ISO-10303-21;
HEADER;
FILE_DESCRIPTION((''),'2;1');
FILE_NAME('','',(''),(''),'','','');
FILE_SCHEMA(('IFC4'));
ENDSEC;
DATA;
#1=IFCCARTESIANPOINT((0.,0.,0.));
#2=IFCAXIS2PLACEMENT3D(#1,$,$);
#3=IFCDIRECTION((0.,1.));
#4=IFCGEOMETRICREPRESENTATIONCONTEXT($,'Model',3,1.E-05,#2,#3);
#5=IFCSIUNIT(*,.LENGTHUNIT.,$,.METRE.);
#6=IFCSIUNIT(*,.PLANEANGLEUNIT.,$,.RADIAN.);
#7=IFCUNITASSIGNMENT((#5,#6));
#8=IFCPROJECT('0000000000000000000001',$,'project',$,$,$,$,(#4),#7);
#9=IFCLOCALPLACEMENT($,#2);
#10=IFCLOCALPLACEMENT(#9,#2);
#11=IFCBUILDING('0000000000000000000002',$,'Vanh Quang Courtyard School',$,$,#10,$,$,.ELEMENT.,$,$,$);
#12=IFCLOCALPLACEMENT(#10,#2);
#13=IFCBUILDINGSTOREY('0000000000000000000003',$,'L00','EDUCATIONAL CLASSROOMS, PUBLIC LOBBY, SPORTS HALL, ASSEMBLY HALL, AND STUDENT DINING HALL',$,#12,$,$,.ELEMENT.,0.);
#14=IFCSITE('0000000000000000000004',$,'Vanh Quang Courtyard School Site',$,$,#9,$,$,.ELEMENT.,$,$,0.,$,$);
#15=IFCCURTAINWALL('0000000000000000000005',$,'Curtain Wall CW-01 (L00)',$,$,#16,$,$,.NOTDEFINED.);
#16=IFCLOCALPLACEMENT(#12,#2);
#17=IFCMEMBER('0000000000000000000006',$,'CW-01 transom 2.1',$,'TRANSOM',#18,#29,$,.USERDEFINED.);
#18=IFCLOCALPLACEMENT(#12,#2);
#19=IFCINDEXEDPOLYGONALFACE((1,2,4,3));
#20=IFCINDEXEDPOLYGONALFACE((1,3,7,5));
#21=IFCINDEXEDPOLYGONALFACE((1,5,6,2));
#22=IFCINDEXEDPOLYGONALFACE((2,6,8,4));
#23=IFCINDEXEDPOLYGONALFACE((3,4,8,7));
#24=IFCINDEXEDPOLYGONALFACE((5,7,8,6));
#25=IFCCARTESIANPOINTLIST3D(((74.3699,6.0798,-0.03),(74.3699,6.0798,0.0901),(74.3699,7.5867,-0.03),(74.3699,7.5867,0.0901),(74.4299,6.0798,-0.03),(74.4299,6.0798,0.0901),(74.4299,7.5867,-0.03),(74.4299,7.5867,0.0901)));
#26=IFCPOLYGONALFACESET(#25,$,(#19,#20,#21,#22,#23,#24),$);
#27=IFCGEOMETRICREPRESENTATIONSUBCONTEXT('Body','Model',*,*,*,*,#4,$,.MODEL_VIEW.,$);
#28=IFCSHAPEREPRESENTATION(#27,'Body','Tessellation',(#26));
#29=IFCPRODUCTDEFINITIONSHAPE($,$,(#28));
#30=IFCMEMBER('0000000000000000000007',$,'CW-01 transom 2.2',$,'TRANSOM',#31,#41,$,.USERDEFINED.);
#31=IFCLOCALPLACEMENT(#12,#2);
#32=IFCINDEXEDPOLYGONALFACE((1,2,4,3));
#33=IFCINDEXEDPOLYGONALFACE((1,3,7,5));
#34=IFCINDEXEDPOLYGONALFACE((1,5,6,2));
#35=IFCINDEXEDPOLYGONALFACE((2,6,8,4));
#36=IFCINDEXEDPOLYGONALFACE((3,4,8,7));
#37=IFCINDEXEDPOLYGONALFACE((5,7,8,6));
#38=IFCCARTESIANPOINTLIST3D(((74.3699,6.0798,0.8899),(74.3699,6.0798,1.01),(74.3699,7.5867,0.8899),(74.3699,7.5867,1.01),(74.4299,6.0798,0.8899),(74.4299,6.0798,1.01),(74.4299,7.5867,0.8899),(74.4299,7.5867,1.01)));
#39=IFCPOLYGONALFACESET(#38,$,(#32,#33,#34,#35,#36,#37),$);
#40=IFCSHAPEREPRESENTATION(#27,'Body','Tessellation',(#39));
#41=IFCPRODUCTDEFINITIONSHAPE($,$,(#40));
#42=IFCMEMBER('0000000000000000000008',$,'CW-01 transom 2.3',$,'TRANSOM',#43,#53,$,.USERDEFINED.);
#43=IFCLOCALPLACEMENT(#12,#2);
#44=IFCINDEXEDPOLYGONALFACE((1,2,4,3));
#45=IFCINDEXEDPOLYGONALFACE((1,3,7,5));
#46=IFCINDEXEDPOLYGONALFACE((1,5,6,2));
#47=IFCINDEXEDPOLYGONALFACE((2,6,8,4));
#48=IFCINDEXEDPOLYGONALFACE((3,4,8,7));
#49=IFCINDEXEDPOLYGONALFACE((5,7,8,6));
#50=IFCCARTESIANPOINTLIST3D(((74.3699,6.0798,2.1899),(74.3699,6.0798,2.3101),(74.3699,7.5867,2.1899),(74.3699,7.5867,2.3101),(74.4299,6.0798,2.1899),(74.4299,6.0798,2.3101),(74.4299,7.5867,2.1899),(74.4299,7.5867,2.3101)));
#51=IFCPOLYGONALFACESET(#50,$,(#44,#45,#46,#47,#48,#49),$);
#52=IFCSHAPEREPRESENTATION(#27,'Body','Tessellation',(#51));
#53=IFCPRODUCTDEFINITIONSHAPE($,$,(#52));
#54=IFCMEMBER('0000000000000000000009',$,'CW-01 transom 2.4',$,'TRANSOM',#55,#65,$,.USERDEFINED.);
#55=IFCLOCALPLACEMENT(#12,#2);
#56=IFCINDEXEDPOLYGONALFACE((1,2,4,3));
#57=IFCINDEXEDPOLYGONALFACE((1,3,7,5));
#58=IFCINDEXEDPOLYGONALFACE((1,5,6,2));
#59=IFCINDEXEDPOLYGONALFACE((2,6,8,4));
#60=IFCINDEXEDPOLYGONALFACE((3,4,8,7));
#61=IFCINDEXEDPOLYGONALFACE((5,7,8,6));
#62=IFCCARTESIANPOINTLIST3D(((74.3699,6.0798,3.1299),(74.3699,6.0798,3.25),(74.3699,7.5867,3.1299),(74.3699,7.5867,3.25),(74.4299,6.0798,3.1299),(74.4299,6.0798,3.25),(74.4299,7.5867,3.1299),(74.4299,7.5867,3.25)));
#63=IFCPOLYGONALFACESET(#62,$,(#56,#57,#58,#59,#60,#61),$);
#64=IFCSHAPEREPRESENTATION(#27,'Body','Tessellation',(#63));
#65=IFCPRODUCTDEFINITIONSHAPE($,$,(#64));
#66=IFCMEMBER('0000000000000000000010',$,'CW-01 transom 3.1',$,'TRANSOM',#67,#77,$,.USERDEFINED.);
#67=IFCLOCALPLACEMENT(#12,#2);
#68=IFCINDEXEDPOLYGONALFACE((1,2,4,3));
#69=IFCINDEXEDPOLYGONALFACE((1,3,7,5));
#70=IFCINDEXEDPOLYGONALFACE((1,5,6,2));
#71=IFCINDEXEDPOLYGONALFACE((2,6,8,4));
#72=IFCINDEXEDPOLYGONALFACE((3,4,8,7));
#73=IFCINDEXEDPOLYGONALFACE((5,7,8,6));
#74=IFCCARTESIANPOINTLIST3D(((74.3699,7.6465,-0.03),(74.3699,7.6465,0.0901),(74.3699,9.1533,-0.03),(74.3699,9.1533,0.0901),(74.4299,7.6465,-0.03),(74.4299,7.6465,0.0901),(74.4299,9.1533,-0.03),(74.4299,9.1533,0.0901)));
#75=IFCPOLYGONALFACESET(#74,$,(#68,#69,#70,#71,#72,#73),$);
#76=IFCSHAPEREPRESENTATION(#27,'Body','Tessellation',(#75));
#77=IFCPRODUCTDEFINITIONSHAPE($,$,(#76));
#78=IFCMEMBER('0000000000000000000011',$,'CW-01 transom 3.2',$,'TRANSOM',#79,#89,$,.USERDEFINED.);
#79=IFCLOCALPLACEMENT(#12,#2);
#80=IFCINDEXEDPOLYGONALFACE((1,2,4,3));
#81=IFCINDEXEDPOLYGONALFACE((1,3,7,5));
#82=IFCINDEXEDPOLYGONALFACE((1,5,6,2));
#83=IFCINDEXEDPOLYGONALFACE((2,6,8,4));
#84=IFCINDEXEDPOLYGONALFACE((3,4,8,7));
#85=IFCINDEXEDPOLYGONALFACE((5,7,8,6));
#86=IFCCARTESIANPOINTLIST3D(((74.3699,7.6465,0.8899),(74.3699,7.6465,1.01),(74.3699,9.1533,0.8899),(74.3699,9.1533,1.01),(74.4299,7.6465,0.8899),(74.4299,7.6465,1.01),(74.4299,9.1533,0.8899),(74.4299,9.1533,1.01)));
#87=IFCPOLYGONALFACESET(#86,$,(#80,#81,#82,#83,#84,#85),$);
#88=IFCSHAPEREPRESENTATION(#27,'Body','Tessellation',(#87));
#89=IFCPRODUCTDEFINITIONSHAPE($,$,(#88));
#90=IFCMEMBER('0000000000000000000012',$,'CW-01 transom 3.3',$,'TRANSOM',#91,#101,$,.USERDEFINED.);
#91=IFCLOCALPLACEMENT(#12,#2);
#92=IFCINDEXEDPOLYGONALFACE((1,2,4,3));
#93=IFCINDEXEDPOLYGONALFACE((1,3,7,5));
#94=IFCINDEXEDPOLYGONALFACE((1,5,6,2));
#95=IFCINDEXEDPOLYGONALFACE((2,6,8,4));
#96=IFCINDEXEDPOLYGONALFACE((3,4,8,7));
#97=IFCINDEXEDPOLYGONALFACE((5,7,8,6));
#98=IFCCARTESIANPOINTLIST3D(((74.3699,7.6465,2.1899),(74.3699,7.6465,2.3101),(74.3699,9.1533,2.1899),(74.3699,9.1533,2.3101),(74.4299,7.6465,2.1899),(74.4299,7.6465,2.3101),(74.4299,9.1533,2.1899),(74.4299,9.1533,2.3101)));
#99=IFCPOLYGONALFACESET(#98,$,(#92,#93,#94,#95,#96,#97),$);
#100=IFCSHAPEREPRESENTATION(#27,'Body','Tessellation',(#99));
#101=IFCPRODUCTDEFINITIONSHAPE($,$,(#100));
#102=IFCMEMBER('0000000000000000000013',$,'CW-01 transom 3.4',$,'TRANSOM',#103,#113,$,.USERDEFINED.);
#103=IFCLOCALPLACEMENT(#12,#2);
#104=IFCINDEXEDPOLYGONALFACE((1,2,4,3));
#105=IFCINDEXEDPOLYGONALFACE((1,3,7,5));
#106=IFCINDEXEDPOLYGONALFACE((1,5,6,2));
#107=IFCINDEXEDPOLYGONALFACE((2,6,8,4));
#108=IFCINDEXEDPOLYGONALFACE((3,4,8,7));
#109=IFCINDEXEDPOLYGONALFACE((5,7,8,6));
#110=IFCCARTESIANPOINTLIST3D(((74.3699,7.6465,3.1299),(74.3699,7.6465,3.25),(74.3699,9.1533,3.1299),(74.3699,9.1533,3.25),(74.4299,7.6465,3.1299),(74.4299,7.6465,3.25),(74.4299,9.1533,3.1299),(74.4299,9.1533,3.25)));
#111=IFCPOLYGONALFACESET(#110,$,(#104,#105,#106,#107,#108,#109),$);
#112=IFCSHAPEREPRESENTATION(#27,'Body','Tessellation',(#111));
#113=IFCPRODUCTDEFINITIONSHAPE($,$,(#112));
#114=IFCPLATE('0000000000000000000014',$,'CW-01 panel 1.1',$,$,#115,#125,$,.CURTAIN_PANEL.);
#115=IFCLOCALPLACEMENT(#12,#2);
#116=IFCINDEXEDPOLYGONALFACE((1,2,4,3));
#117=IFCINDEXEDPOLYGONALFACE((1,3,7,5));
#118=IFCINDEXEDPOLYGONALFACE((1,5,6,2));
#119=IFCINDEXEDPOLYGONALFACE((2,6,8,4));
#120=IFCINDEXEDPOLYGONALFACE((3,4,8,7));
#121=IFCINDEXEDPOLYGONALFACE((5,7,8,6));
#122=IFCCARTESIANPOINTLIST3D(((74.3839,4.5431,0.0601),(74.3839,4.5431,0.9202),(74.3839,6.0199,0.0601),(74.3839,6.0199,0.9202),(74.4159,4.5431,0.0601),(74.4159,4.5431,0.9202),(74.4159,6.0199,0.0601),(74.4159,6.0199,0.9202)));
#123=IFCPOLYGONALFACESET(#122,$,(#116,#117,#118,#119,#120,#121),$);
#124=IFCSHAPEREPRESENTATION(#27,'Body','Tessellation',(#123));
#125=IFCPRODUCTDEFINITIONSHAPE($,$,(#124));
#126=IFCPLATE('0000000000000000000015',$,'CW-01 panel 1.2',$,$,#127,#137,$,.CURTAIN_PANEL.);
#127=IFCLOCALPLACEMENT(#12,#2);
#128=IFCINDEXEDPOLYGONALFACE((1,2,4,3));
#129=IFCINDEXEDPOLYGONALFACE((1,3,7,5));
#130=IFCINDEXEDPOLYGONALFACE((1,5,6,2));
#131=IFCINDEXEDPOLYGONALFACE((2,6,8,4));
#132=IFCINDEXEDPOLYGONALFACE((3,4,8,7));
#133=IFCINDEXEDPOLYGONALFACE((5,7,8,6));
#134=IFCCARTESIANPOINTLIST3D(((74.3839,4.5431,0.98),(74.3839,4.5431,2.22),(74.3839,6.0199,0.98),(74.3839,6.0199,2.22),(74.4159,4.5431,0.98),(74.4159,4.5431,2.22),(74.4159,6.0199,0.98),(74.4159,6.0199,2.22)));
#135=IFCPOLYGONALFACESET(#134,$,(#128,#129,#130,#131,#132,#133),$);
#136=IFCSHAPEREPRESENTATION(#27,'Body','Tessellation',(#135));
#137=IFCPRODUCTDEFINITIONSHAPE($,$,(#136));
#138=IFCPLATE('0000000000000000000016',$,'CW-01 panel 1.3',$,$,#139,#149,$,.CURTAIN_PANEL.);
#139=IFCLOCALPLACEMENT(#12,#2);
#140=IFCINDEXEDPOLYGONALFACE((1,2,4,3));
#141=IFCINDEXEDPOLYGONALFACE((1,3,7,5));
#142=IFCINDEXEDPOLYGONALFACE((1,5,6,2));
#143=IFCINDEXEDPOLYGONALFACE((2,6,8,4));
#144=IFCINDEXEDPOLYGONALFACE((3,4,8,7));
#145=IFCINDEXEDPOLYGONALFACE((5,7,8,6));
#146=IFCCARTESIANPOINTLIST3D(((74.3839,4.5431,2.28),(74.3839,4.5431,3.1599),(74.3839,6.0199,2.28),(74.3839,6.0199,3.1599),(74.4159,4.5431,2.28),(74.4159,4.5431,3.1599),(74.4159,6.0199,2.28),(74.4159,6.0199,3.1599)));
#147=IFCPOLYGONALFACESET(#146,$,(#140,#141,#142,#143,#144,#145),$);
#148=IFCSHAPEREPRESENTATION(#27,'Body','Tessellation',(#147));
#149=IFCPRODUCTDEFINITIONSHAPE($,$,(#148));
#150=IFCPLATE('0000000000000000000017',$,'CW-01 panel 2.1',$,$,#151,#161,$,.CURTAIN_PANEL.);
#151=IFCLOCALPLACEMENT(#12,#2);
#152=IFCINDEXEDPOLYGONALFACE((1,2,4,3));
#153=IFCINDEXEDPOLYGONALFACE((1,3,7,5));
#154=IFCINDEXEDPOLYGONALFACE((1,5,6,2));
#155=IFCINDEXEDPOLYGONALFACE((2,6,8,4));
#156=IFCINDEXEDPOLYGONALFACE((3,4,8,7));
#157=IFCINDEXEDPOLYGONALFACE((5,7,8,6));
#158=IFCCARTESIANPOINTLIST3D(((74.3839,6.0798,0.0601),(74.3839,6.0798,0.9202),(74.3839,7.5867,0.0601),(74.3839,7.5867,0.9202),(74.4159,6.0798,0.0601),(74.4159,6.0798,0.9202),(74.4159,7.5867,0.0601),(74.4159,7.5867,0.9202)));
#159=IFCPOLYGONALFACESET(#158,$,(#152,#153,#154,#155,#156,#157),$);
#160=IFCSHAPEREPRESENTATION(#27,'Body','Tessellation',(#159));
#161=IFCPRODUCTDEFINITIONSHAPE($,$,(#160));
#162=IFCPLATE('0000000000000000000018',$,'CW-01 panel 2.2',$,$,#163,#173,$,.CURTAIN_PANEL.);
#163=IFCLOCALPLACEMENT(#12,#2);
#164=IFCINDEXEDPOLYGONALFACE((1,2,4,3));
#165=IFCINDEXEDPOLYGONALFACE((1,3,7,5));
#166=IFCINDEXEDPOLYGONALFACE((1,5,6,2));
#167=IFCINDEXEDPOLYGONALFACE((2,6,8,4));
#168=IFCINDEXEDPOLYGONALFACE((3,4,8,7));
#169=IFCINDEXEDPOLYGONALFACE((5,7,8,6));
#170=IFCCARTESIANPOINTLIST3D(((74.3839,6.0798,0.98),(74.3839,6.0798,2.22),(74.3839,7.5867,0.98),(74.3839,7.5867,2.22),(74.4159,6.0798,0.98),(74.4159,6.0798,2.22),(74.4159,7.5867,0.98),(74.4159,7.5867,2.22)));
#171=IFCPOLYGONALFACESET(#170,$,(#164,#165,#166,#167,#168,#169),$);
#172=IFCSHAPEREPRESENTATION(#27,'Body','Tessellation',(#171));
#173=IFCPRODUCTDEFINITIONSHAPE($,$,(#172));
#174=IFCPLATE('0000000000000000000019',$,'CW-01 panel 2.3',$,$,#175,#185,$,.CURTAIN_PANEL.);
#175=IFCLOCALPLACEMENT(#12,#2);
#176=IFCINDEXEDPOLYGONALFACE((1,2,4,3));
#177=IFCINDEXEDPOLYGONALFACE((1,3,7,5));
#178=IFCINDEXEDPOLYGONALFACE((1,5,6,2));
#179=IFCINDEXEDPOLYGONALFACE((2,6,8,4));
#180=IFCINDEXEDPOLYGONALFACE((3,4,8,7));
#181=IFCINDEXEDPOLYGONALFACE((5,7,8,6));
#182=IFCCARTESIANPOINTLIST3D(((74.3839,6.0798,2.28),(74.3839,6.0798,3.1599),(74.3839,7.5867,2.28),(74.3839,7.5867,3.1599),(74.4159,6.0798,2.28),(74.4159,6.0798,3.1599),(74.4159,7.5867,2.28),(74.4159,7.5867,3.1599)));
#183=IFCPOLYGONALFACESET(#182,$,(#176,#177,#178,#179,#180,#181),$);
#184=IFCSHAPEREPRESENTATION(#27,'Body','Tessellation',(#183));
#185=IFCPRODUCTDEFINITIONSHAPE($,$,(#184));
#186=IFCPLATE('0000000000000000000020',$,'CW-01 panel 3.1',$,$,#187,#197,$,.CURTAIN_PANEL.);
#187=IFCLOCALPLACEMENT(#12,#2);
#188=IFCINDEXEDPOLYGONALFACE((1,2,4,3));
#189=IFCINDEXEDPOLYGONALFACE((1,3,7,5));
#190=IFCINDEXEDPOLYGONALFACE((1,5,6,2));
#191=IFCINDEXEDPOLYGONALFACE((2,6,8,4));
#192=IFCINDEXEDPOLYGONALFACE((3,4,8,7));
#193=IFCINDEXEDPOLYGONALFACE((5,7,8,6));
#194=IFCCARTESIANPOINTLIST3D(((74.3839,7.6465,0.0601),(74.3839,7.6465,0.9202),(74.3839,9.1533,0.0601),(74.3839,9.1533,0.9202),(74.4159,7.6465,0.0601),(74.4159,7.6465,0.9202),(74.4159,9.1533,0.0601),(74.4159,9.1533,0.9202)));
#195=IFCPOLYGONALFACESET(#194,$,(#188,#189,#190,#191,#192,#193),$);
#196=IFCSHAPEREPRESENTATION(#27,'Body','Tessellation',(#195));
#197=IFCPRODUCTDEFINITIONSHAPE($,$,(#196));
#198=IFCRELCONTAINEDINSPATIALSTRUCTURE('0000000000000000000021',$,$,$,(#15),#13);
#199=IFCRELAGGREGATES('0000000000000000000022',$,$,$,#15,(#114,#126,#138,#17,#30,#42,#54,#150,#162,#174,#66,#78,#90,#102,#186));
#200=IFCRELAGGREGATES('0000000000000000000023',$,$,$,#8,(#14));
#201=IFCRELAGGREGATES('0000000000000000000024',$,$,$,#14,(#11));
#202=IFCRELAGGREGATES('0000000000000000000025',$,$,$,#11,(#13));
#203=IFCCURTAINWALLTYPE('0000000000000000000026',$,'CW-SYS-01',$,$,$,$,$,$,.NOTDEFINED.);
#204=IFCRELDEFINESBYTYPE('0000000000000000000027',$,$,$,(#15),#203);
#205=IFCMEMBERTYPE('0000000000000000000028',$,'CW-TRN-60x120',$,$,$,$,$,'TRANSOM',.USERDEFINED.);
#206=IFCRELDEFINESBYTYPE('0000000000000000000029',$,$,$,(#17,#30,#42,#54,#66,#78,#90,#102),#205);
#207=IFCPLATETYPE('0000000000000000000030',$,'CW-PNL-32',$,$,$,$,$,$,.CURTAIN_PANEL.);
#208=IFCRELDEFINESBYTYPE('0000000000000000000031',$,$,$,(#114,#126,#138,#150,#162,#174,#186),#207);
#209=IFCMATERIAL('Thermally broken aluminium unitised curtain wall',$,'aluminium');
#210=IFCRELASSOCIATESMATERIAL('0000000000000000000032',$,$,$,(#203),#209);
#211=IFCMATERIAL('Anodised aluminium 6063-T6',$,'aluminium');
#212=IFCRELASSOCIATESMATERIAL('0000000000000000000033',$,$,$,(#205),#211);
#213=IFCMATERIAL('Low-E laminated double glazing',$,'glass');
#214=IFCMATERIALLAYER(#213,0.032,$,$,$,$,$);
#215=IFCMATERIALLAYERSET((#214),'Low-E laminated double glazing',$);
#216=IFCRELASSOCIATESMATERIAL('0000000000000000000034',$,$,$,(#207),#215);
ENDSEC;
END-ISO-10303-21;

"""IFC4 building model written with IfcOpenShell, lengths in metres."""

from ifc_helpers import new_model, si_unit, direction, frame, origin, origin_2d, place, context, subcontext, project, spatial, rectangle, extrude, material, layer, layer_set, material_profile, profile_set, type_object, element, aggregate, save


model = new_model("IFC4")

# Units and contexts
model_context = context("Model", 3, precision=1e-05, world=origin(), true_north=direction((0.0, 1.0)))
body_context = subcontext(model_context, "Body", "Model", "MODEL_VIEW")
ifc_project = project(units=[si_unit("LENGTHUNIT", "METRE"), si_unit("PLANEANGLEUNIT", "RADIAN")], contexts=[model_context])

# Site, building, storey
site_placement = place(None, origin())
site = spatial("IfcSite", under=ifc_project, at=site_placement, Name="Vanh Quang Courtyard School Site", CompositionType="ELEMENT", RefElevation=0.0)
building_placement = place(site_placement, origin())
building = spatial("IfcBuilding", under=site, at=building_placement, Name="Vanh Quang Courtyard School", CompositionType="ELEMENT")
storey_placement = place(building_placement, origin())
storey = spatial("IfcBuildingStorey", under=building, at=storey_placement, Name="L00", Description="EDUCATIONAL CLASSROOMS, PUBLIC LOBBY, SPORTS HALL, ASSEMBLY HALL, AND STUDENT DINING HALL", CompositionType="ELEMENT", Elevation=0.0)

# Curtain wall, members, plates
ifc_material_1 = material(Name="Thermally broken aluminium unitised curtain wall", Category="aluminium")
curtain_wall_type = type_object("IfcCurtainWallType", Name="CW-SYS-01", PredefinedType="NOTDEFINED", material=ifc_material_1)
curtain_wall_placement = place(storey_placement, origin())
curtain_wall = element("IfcCurtainWall", 1, at=curtain_wall_placement, inside=storey, type_object=curtain_wall_type, Name="Curtain Wall CW-01 (L00)", PredefinedType="NOTDEFINED")
ifc_material_2 = material(Name="Anodised aluminium 6063-T6", Category="aluminium")
ifc_material_profile_1 = material_profile(ifc_material_2, rectangle(XDim=0.0601, YDim=0.1201, at=origin_2d()), Name="ALU-TRN 60x120")
ifc_profile_set_1 = profile_set([ifc_material_profile_1], Name="Anodised aluminium 6063-T6")
member_type_1 = type_object("IfcMemberType", Name="CW-TRN-60x120", ElementType="TRANSOM", PredefinedType="USERDEFINED", material=ifc_profile_set_1)
member_1_placement = place(storey_placement, frame((74.3999, 6.0798, 0.03), z_axis=(0.0, 1.0, 0.0), x_axis=(-1.0, 0.0, 0.0)))
member_1 = element("IfcMember", 2, at=member_1_placement, type_object=member_type_1, Name="CW-01 transom 2.1", ObjectType="TRANSOM", PredefinedType="USERDEFINED", context=body_context, shape_type="SweptSolid", body=[
    extrude(rectangle(XDim=0.0601, YDim=0.1201, at=origin_2d()), origin(), (0.0, 0.0, 1.0), 1.5068),
])
member_2_placement = place(storey_placement, frame((74.3999, 6.0798, 0.95), z_axis=(0.0, 1.0, 0.0), x_axis=(-1.0, 0.0, 0.0)))
member_2 = element("IfcMember", 3, at=member_2_placement, type_object=member_type_1, Name="CW-01 transom 2.2", ObjectType="TRANSOM", PredefinedType="USERDEFINED", context=body_context, shape_type="SweptSolid", body=[
    extrude(rectangle(XDim=0.0601, YDim=0.1201, at=origin_2d()), origin(), (0.0, 0.0, 1.0), 1.5068),
])
member_3_placement = place(storey_placement, frame((74.3999, 6.0798, 2.25), z_axis=(0.0, 1.0, 0.0), x_axis=(-1.0, 0.0, 0.0)))
member_3 = element("IfcMember", 4, at=member_3_placement, type_object=member_type_1, Name="CW-01 transom 2.3", ObjectType="TRANSOM", PredefinedType="USERDEFINED", context=body_context, shape_type="SweptSolid", body=[
    extrude(rectangle(XDim=0.0601, YDim=0.1201, at=origin_2d()), origin(), (0.0, 0.0, 1.0), 1.5068),
])
member_4_placement = place(storey_placement, frame((74.3999, 6.0798, 3.1899), z_axis=(0.0, 1.0, 0.0), x_axis=(-1.0, 0.0, 0.0)))
member_4 = element("IfcMember", 5, at=member_4_placement, type_object=member_type_1, Name="CW-01 transom 2.4", ObjectType="TRANSOM", PredefinedType="USERDEFINED", context=body_context, shape_type="SweptSolid", body=[
    extrude(rectangle(XDim=0.0601, YDim=0.1201, at=origin_2d()), origin(), (0.0, 0.0, 1.0), 1.5068),
])
member_5_placement = place(storey_placement, frame((74.3999, 7.6465, 0.03), z_axis=(0.0, 1.0, 0.0), x_axis=(-1.0, 0.0, 0.0)))
member_5 = element("IfcMember", 6, at=member_5_placement, type_object=member_type_1, Name="CW-01 transom 3.1", ObjectType="TRANSOM", PredefinedType="USERDEFINED", context=body_context, shape_type="SweptSolid", body=[
    extrude(rectangle(XDim=0.0601, YDim=0.1201, at=origin_2d()), origin(), (0.0, 0.0, 1.0), 1.5068),
])
member_6_placement = place(storey_placement, frame((74.3999, 7.6465, 0.95), z_axis=(0.0, 1.0, 0.0), x_axis=(-1.0, 0.0, 0.0)))
member_6 = element("IfcMember", 7, at=member_6_placement, type_object=member_type_1, Name="CW-01 transom 3.2", ObjectType="TRANSOM", PredefinedType="USERDEFINED", context=body_context, shape_type="SweptSolid", body=[
    extrude(rectangle(XDim=0.0601, YDim=0.1201, at=origin_2d()), origin(), (0.0, 0.0, 1.0), 1.5068),
])
member_7_placement = place(storey_placement, frame((74.3999, 7.6465, 2.25), z_axis=(0.0, 1.0, 0.0), x_axis=(-1.0, 0.0, 0.0)))
member_7 = element("IfcMember", 8, at=member_7_placement, type_object=member_type_1, Name="CW-01 transom 3.3", ObjectType="TRANSOM", PredefinedType="USERDEFINED", context=body_context, shape_type="SweptSolid", body=[
    extrude(rectangle(XDim=0.0601, YDim=0.1201, at=origin_2d()), origin(), (0.0, 0.0, 1.0), 1.5068),
])
member_8_placement = place(storey_placement, frame((74.3999, 7.6465, 3.1899), z_axis=(0.0, 1.0, 0.0), x_axis=(-1.0, 0.0, 0.0)))
member_8 = element("IfcMember", 9, at=member_8_placement, type_object=member_type_1, Name="CW-01 transom 3.4", ObjectType="TRANSOM", PredefinedType="USERDEFINED", context=body_context, shape_type="SweptSolid", body=[
    extrude(rectangle(XDim=0.0601, YDim=0.1201, at=origin_2d()), origin(), (0.0, 0.0, 1.0), 1.5068),
])
ifc_material_3 = material(Name="Low-E laminated double glazing", Category="glass")
ifc_layer = layer(ifc_material_3, 0.032)
ifc_layer_set = layer_set([ifc_layer], Name="Low-E laminated double glazing")
plate_type = type_object("IfcPlateType", Name="CW-PNL-32", PredefinedType="CURTAIN_PANEL", material=ifc_layer_set)
plate_1_placement = place(storey_placement, frame((74.3999, 5.2815, 0.0601), z_axis=(0.0, 0.0, 1.0), x_axis=(0.0, 1.0, 0.0)))
plate_1 = element("IfcPlate", 10, at=plate_1_placement, type_object=plate_type, Name="CW-01 panel 1.1", PredefinedType="CURTAIN_PANEL", context=body_context, shape_type="SweptSolid", body=[
    extrude(rectangle(XDim=1.4768, YDim=0.032, at=origin_2d()), origin(), (0.0, 0.0, 1.0), 0.8601),
])
plate_2_placement = place(storey_placement, frame((74.3999, 5.2815, 0.98), z_axis=(0.0, 0.0, 1.0), x_axis=(0.0, 1.0, 0.0)))
plate_2 = element("IfcPlate", 11, at=plate_2_placement, type_object=plate_type, Name="CW-01 panel 1.2", PredefinedType="CURTAIN_PANEL", context=body_context, shape_type="SweptSolid", body=[
    extrude(rectangle(XDim=1.4768, YDim=0.032, at=origin_2d()), origin(), (0.0, 0.0, 1.0), 1.24),
])
plate_3_placement = place(storey_placement, frame((74.3999, 5.2815, 2.28), z_axis=(0.0, 0.0, 1.0), x_axis=(0.0, 1.0, 0.0)))
plate_3 = element("IfcPlate", 12, at=plate_3_placement, type_object=plate_type, Name="CW-01 panel 1.3", PredefinedType="CURTAIN_PANEL", context=body_context, shape_type="SweptSolid", body=[
    extrude(rectangle(XDim=1.4768, YDim=0.032, at=origin_2d()), origin(), (0.0, 0.0, 1.0), 0.8799),
])
plate_4_placement = place(storey_placement, frame((74.3999, 6.8333, 0.0601), z_axis=(0.0, 0.0, 1.0), x_axis=(0.0, 1.0, 0.0)))
plate_4 = element("IfcPlate", 13, at=plate_4_placement, type_object=plate_type, Name="CW-01 panel 2.1", PredefinedType="CURTAIN_PANEL", context=body_context, shape_type="SweptSolid", body=[
    extrude(rectangle(XDim=1.5068, YDim=0.032, at=origin_2d()), origin(), (0.0, 0.0, 1.0), 0.8601),
])
plate_5_placement = place(storey_placement, frame((74.3999, 6.8333, 0.98), z_axis=(0.0, 0.0, 1.0), x_axis=(0.0, 1.0, 0.0)))
plate_5 = element("IfcPlate", 14, at=plate_5_placement, type_object=plate_type, Name="CW-01 panel 2.2", PredefinedType="CURTAIN_PANEL", context=body_context, shape_type="SweptSolid", body=[
    extrude(rectangle(XDim=1.5068, YDim=0.032, at=origin_2d()), origin(), (0.0, 0.0, 1.0), 1.24),
])
plate_6_placement = place(storey_placement, frame((74.3999, 6.8333, 2.28), z_axis=(0.0, 0.0, 1.0), x_axis=(0.0, 1.0, 0.0)))
plate_6 = element("IfcPlate", 15, at=plate_6_placement, type_object=plate_type, Name="CW-01 panel 2.3", PredefinedType="CURTAIN_PANEL", context=body_context, shape_type="SweptSolid", body=[
    extrude(rectangle(XDim=1.5068, YDim=0.032, at=origin_2d()), origin(), (0.0, 0.0, 1.0), 0.8799),
])
plate_7_placement = place(storey_placement, frame((74.3999, 8.3999, 0.0601), z_axis=(0.0, 0.0, 1.0), x_axis=(0.0, 1.0, 0.0)))
plate_7 = element("IfcPlate", 16, at=plate_7_placement, type_object=plate_type, Name="CW-01 panel 3.1", PredefinedType="CURTAIN_PANEL", context=body_context, shape_type="SweptSolid", body=[
    extrude(rectangle(XDim=1.5068, YDim=0.032, at=origin_2d()), origin(), (0.0, 0.0, 1.0), 0.8601),
])
aggregate(curtain_wall, [plate_1, plate_2, plate_3, member_1, member_2, member_3, member_4, plate_4, plate_5, plate_6, member_5, member_6, member_7, member_8, plate_7])

save(model, "model.ifc")
